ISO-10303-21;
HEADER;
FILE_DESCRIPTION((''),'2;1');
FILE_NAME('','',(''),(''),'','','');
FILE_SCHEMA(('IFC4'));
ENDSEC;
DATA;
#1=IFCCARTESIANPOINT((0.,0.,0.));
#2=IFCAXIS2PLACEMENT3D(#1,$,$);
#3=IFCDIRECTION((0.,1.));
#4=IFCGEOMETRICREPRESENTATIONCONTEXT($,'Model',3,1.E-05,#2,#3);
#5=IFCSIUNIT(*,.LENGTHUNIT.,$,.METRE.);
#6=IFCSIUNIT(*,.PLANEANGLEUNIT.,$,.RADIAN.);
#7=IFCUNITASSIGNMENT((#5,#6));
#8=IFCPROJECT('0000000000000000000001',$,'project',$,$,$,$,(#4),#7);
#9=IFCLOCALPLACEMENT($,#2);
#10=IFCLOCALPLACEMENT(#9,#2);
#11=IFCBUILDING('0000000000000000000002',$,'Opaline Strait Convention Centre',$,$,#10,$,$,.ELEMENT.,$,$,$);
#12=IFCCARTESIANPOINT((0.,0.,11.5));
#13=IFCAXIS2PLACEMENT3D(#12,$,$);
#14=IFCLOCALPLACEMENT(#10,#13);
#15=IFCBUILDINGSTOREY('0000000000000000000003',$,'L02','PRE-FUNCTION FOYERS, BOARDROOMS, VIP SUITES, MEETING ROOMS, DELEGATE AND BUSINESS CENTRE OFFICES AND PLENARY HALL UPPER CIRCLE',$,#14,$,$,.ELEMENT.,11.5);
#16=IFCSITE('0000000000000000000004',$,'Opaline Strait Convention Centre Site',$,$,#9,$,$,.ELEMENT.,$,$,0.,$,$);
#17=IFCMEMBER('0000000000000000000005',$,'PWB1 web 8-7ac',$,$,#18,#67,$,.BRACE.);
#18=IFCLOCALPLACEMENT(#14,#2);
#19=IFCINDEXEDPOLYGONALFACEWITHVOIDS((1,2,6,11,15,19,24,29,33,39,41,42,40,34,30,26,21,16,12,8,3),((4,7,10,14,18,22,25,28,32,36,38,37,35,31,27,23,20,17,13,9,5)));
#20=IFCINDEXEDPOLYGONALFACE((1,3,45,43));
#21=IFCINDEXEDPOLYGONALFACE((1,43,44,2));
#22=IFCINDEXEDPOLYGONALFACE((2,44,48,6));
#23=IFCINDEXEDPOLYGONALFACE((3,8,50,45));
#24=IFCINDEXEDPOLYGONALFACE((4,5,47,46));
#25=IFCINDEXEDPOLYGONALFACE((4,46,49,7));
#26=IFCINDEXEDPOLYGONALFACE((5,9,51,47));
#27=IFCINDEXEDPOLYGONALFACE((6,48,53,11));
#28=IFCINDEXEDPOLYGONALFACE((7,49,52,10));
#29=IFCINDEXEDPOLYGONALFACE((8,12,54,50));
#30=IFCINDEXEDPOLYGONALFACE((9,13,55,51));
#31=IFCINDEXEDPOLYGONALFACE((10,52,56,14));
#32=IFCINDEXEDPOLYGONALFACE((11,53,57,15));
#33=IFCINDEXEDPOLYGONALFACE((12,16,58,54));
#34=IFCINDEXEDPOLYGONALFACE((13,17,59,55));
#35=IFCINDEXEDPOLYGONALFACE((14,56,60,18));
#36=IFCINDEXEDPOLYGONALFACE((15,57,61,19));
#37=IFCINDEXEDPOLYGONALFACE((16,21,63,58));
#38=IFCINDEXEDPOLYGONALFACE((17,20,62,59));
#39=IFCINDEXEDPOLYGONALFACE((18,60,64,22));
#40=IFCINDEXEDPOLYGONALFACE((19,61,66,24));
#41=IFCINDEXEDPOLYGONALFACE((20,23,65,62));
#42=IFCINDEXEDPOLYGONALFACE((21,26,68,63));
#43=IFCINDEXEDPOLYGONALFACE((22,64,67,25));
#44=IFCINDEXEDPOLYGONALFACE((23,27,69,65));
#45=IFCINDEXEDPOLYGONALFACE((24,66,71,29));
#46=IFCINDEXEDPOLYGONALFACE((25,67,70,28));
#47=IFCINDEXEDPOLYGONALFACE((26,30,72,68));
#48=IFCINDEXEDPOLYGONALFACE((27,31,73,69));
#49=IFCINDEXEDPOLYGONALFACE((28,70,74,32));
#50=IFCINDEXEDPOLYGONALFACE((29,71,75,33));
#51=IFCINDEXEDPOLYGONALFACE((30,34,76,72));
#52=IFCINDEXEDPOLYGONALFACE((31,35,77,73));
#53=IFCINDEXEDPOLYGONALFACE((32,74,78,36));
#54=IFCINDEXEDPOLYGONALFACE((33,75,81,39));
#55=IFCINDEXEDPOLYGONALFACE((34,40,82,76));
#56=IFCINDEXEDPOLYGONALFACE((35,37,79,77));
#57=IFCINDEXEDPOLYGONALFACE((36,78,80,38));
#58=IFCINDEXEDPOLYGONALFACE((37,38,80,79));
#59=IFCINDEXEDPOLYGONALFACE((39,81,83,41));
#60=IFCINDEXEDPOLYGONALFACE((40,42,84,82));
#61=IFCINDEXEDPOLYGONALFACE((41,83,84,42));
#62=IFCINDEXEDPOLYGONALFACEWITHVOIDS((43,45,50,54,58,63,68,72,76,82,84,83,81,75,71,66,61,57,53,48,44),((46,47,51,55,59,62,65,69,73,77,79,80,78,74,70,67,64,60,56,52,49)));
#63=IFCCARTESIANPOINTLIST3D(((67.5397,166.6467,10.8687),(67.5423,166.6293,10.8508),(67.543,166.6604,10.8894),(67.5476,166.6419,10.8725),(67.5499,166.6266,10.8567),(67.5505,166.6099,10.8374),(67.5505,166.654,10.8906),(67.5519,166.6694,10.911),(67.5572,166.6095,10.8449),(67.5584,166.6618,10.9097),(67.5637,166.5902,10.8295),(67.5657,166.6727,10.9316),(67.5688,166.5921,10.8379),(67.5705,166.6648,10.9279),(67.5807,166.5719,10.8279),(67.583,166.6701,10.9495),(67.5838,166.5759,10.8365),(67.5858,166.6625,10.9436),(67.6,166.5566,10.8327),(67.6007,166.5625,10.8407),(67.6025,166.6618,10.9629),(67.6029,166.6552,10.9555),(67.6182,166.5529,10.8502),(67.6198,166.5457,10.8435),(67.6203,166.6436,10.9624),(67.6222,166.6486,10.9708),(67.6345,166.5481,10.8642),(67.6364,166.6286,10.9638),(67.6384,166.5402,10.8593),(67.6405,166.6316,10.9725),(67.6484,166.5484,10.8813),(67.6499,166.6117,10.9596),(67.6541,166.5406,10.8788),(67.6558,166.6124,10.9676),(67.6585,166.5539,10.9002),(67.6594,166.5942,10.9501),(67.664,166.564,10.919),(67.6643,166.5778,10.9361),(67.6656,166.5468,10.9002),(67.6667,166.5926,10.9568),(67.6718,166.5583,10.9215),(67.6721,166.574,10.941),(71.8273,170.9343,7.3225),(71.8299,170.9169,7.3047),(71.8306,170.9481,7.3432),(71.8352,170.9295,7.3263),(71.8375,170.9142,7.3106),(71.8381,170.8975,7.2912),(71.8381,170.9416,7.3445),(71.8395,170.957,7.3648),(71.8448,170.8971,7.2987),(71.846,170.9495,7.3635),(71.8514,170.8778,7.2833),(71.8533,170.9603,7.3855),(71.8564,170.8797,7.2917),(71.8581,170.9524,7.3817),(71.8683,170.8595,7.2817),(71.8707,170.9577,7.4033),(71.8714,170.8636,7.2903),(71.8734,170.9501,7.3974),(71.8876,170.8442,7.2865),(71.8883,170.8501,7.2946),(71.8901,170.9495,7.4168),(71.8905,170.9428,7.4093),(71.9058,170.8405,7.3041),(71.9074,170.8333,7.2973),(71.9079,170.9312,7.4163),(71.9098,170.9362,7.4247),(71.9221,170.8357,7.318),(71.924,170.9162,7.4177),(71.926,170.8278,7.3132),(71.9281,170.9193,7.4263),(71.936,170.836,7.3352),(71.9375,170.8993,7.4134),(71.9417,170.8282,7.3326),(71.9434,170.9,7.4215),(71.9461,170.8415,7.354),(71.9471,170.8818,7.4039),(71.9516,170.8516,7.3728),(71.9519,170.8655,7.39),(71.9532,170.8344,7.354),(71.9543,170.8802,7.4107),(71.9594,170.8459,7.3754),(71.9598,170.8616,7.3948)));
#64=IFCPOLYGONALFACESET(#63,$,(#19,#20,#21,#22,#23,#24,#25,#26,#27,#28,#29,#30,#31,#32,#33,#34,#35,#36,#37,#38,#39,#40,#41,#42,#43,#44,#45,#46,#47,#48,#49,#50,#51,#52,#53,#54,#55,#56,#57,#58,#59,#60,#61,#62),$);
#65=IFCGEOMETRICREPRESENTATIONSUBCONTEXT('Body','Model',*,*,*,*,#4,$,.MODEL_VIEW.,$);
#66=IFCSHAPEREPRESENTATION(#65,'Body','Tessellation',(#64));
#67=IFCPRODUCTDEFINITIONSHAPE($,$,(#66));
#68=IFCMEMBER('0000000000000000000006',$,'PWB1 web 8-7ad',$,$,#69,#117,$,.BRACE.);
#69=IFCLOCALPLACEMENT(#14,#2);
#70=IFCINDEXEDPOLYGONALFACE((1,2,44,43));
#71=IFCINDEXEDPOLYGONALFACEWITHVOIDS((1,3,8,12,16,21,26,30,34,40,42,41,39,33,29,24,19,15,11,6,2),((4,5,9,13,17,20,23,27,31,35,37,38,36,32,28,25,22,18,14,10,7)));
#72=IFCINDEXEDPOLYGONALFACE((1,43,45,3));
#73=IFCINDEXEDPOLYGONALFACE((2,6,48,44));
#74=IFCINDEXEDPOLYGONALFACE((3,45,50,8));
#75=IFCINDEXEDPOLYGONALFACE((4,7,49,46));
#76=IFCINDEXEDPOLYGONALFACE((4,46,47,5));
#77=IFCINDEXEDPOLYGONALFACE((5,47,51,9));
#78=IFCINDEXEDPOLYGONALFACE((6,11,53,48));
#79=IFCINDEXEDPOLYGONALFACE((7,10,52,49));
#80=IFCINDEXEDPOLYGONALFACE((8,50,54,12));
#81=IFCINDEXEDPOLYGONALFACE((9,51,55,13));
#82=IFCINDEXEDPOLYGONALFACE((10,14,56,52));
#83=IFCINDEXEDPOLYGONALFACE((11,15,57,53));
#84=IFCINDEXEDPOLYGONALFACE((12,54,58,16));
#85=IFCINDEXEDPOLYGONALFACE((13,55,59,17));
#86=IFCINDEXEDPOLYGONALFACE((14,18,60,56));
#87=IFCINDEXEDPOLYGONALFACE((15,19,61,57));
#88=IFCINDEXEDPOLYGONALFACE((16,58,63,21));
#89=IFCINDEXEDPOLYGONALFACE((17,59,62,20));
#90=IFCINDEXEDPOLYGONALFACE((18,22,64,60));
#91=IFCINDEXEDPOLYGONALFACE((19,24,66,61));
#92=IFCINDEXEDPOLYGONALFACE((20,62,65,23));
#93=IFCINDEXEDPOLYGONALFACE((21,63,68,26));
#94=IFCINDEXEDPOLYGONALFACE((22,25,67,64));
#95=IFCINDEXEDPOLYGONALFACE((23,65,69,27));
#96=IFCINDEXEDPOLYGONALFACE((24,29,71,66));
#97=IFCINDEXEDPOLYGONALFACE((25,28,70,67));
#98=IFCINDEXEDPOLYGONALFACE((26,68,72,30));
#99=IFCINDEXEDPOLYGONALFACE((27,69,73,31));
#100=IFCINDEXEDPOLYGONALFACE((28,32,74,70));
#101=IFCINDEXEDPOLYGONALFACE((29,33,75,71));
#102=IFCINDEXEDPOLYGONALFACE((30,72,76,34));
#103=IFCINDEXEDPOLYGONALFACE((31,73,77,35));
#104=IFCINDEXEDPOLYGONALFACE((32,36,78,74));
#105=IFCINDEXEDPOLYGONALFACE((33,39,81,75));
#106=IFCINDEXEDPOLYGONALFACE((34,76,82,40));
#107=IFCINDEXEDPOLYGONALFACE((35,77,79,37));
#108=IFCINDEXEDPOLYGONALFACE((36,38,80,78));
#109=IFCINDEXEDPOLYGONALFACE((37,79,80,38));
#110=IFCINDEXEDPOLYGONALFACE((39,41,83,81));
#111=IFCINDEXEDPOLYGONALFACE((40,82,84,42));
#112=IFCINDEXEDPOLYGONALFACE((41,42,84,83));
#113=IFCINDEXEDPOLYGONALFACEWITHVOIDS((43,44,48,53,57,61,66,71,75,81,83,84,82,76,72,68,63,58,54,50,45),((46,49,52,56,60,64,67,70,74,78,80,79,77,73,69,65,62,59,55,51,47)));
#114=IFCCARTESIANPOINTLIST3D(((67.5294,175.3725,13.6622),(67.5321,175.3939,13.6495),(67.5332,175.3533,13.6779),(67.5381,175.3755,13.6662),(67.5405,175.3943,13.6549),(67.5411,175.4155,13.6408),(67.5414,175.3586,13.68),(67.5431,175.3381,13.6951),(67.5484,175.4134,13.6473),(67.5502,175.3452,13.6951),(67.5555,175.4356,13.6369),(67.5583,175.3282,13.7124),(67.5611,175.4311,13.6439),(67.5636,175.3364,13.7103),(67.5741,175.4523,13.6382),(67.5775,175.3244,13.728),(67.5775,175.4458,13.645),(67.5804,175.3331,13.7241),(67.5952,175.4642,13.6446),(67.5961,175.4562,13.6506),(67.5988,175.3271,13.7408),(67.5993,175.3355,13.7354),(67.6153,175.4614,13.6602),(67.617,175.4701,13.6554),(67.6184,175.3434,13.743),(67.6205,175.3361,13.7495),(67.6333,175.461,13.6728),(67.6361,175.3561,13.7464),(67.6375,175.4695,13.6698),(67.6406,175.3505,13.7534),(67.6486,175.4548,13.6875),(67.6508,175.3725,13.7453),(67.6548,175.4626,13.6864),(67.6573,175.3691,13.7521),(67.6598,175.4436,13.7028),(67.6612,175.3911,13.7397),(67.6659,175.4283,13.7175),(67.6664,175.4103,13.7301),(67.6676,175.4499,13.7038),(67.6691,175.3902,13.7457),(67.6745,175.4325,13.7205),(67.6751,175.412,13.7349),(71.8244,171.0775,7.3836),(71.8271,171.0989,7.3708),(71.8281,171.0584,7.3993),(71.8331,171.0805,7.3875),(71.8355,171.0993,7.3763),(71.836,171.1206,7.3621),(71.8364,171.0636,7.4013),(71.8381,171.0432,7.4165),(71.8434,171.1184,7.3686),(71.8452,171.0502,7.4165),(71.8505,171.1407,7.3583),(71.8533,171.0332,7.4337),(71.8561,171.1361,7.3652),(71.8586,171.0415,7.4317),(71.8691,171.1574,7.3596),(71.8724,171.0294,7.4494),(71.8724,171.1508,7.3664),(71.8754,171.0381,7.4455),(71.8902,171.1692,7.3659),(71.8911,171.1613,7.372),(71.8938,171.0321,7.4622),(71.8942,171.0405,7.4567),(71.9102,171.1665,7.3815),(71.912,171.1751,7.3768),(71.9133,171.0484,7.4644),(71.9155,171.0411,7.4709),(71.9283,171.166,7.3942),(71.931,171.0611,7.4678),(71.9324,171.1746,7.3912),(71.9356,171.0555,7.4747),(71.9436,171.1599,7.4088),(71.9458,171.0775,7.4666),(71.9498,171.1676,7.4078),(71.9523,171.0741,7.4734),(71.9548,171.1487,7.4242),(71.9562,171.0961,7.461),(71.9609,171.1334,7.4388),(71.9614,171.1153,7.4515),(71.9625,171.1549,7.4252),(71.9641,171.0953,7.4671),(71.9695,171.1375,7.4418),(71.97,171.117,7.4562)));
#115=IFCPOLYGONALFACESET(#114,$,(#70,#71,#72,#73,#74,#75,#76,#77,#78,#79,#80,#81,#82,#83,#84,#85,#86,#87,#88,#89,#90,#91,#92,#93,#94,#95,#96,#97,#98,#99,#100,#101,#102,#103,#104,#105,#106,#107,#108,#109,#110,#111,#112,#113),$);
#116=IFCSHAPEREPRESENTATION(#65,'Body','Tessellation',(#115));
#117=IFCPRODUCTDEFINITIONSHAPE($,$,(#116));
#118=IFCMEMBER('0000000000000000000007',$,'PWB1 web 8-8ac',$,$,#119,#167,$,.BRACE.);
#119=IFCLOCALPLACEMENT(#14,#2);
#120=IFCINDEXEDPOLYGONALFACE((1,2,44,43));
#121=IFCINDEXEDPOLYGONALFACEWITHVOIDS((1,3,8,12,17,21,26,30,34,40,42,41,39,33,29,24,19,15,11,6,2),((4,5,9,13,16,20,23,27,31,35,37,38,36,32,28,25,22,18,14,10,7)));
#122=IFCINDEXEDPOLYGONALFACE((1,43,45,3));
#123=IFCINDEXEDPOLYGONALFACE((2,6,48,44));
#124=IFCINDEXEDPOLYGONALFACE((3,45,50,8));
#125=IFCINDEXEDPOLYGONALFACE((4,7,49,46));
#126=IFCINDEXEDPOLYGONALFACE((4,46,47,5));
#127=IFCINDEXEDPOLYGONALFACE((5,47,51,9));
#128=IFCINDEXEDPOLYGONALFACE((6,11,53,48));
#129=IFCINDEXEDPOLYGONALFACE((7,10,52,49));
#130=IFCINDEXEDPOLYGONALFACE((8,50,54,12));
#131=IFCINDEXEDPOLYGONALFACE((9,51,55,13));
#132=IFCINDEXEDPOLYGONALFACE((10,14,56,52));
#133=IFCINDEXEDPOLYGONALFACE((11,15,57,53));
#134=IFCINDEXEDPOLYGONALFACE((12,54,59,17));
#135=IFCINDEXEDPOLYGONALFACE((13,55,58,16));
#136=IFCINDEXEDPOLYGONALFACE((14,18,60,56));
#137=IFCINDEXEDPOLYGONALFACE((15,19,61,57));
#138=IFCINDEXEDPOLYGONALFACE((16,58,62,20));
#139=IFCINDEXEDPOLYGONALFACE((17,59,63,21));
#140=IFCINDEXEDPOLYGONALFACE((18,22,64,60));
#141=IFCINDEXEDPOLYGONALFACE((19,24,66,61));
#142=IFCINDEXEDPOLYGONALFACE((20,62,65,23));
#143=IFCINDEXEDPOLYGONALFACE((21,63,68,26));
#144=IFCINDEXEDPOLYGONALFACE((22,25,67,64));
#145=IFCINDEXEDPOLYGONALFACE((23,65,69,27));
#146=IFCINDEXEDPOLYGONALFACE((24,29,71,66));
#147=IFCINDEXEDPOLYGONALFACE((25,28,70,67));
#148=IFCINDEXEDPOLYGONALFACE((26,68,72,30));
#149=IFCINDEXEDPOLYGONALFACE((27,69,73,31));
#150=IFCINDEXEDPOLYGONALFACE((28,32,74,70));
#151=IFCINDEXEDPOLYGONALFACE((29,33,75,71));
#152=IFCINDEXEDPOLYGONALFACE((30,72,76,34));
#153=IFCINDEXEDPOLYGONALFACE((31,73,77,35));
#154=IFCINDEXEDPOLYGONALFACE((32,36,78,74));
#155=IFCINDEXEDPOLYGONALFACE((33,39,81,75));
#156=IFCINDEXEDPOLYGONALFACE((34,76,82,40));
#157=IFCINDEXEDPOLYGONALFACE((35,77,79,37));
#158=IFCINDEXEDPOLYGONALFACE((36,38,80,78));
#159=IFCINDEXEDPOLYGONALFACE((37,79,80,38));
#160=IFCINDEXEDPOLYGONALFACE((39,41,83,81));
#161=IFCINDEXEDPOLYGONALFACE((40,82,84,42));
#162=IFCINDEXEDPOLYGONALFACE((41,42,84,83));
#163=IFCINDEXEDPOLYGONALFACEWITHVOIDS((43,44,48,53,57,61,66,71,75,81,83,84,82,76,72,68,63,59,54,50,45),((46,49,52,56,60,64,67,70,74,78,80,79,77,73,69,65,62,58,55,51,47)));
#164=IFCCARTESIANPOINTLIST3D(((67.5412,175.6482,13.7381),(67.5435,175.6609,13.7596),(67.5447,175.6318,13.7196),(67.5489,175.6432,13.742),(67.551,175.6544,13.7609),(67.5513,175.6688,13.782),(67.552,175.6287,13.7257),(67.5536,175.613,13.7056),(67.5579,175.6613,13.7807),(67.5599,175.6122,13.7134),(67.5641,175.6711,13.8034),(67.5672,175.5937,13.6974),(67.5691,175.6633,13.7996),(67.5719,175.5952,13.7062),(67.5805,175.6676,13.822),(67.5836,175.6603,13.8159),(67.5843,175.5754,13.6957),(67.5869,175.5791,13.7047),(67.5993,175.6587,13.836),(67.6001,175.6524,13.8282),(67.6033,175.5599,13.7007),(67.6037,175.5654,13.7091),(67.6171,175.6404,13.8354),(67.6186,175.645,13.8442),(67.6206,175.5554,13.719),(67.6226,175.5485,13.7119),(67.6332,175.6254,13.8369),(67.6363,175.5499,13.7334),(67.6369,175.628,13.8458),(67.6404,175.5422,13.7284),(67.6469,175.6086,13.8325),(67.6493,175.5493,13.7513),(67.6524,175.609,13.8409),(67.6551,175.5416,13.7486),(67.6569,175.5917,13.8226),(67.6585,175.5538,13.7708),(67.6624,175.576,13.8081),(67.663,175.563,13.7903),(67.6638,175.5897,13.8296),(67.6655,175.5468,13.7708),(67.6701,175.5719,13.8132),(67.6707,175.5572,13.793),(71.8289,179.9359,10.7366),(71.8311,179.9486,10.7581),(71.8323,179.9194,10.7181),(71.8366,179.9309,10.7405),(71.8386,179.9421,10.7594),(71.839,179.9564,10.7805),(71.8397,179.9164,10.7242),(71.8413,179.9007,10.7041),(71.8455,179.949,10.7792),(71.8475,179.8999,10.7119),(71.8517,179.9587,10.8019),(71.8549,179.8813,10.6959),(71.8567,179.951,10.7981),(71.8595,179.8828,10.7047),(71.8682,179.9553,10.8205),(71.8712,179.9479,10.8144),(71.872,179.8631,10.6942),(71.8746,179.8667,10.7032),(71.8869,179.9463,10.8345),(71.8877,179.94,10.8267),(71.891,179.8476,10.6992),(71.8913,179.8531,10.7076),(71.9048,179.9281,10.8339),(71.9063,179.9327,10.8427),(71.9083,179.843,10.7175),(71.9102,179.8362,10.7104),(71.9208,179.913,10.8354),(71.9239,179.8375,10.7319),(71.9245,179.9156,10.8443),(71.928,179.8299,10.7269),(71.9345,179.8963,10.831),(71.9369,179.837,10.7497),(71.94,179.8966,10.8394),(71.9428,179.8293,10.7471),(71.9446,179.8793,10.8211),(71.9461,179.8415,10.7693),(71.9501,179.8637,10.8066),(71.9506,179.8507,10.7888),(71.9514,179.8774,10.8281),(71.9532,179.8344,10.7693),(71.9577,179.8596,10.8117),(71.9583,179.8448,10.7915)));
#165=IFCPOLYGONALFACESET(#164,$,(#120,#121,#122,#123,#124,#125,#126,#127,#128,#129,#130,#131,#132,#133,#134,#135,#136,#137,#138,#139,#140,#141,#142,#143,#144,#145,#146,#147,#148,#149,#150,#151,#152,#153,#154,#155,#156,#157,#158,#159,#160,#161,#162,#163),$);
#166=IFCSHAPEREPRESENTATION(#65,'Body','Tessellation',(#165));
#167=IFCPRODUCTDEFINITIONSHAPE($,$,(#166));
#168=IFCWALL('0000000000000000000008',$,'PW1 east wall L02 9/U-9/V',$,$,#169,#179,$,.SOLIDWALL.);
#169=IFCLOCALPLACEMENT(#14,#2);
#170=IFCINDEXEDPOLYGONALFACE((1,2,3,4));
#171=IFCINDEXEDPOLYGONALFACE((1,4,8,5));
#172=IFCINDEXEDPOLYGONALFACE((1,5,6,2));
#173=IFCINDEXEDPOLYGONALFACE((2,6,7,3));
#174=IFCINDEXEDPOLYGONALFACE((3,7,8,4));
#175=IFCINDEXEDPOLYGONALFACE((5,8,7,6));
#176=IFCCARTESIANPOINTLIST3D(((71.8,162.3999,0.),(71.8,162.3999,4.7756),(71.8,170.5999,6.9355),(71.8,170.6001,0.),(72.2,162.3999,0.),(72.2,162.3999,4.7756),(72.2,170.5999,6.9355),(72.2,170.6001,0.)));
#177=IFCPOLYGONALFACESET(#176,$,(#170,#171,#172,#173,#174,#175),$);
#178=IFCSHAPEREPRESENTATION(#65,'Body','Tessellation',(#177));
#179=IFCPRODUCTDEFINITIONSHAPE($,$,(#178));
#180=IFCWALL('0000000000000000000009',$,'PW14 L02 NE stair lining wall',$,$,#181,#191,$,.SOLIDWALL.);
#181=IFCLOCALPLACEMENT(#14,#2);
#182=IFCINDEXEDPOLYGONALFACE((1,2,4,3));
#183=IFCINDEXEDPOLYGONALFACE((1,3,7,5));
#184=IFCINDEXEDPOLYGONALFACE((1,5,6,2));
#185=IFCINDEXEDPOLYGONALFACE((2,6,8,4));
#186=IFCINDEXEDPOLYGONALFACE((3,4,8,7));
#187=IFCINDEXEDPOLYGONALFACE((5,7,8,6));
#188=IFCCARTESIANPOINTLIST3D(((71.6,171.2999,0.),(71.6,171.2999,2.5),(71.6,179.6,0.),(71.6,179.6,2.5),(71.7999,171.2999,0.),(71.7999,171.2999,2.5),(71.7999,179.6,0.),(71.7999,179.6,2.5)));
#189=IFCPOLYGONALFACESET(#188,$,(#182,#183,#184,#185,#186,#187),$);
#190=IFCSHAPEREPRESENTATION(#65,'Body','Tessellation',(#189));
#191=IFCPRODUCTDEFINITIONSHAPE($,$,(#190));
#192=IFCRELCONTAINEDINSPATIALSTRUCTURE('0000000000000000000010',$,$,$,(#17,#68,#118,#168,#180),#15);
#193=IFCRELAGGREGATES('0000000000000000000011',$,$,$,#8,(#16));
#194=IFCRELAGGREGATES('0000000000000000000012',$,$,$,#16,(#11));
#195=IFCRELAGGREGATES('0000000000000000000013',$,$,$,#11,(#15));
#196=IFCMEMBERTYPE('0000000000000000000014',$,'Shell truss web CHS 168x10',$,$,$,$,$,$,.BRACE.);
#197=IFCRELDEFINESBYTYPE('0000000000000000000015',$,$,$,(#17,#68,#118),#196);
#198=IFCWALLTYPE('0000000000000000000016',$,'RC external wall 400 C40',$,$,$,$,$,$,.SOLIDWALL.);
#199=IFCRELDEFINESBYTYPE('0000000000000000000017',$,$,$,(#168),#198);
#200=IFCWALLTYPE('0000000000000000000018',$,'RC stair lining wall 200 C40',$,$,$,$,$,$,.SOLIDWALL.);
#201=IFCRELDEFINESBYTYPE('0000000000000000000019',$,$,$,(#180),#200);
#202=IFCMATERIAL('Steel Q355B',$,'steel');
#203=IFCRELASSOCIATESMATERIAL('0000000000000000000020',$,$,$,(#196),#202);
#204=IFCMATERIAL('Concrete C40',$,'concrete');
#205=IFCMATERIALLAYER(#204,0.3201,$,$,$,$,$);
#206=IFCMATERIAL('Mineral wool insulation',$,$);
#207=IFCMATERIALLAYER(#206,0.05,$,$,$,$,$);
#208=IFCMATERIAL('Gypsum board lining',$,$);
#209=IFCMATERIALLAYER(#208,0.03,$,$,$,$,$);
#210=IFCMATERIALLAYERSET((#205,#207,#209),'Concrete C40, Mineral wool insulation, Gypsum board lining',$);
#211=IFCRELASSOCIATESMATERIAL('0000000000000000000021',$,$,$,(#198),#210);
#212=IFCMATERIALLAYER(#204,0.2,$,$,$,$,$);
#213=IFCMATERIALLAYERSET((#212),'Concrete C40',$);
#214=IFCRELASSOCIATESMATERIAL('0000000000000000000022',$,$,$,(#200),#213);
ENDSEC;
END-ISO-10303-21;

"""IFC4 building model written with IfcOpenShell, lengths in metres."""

from ifc_helpers import new_model, si_unit, direction, frame, frame_2d, origin, origin_2d, place, context, subcontext, project, spatial, polyline, rectangle, hollow_circle, outline, extrude, material, layer, layer_set, material_profile, profile_set, type_object, element, save


model = new_model("IFC4")

# Units and contexts
model_context = context("Model", 3, precision=1e-05, world=origin(), true_north=direction((0.0, 1.0)))
body_context = subcontext(model_context, "Body", "Model", "MODEL_VIEW")
ifc_project = project(units=[si_unit("LENGTHUNIT", "METRE"), si_unit("PLANEANGLEUNIT", "RADIAN")], contexts=[model_context])

# Site, building, storey
site_placement = place(None, origin())
site = spatial("IfcSite", under=ifc_project, at=site_placement, Name="Opaline Strait Convention Centre Site", CompositionType="ELEMENT", RefElevation=0.0)
building_placement = place(site_placement, origin())
building = spatial("IfcBuilding", under=site, at=building_placement, Name="Opaline Strait Convention Centre", CompositionType="ELEMENT")
storey_placement = place(building_placement, frame((0.0, 0.0, 11.5)))
storey = spatial("IfcBuildingStorey", under=building, at=storey_placement, Name="L02", Description="PRE-FUNCTION FOYERS, BOARDROOMS, VIP SUITES, MEETING ROOMS, DELEGATE AND BUSINESS CENTRE OFFICES AND PLENARY HALL UPPER CIRCLE", CompositionType="ELEMENT", Elevation=11.5)

# Shared definitions
ifc_material_1 = material(Name="Concrete C40", Category="concrete")

# Members
ifc_material_2 = material(Name="Steel Q355B", Category="steel")
ifc_material_profile_1 = material_profile(ifc_material_2, hollow_circle(Radius=0.084, WallThickness=0.01, at=origin_2d()), Name="CHS 168x10")
ifc_profile_set_1 = profile_set([ifc_material_profile_1], Name="Steel Q355B")
member_type_1 = type_object("IfcMemberType", Name="Shell truss web CHS 168x10", PredefinedType="BRACE", material=ifc_profile_set_1)
member_1_placement = place(storey_placement, frame((71.8938, 170.8938, 7.354), z_axis=(-0.610387, -0.610387, 0.504833), x_axis=(0.707107, -0.707107, 0.0)))
element("IfcMember", 1, at=member_1_placement, inside=storey, type_object=member_type_1, Name="PWB1 web 8-7ac", PredefinedType="BRACE", context=body_context, shape_type="SweptSolid", body=[
    extrude(hollow_circle(Radius=0.084, WallThickness=0.01, at=origin_2d()), origin(), (0.0, 0.0, 1.0), 7.0244),
])
member_2_placement = place(storey_placement, frame((71.8975, 171.1025, 7.4165), z_axis=(-0.49165, 0.49165, 0.718722), x_axis=(-0.707107, -0.707107, 0.0)))
element("IfcMember", 2, at=member_2_placement, inside=storey, type_object=member_type_1, Name="PWB1 web 8-7ad", PredefinedType="BRACE", context=body_context, shape_type="SweptSolid", body=[
    extrude(hollow_circle(Radius=0.084, WallThickness=0.01, at=origin_2d()), origin(), (0.0, 0.0, 1.0), 8.7358),
])
member_3_placement = place(storey_placement, frame((71.8938, 179.8938, 10.7693), z_axis=(-0.633718, -0.633718, 0.443624), x_axis=(0.707107, -0.707107, 0.0)))
element("IfcMember", 3, at=member_3_placement, inside=storey, type_object=member_type_1, Name="PWB1 web 8-8ac", PredefinedType="BRACE", context=body_context, shape_type="SweptSolid", body=[
    extrude(hollow_circle(Radius=0.084, WallThickness=0.01, at=origin_2d()), origin(), (0.0, 0.0, 1.0), 6.7659),
])

# Walls
ifc_layer_1 = layer(ifc_material_1, 0.3201)
ifc_material_3 = material(Name="Mineral wool insulation")
ifc_layer_2 = layer(ifc_material_3, 0.05)
ifc_material_4 = material(Name="Gypsum board lining")
ifc_layer_3 = layer(ifc_material_4, 0.03)
ifc_layer_set_1 = layer_set([ifc_layer_1, ifc_layer_2, ifc_layer_3], Name="Concrete C40, Mineral wool insulation, Gypsum board lining")
wall_type_1 = type_object("IfcWallType", Name="RC external wall 400 C40", PredefinedType="SOLIDWALL", material=ifc_layer_set_1)
wall_1_placement = place(storey_placement, frame((72.0, 162.3999, 0.0), z_axis=(0.0, 0.0, 1.0), x_axis=(0.0, 1.0, 0.0)))
element("IfcWall", 4, at=wall_1_placement, inside=storey, type_object=wall_type_1, Name="PW1 east wall L02 9/U-9/V", PredefinedType="SOLIDWALL", context=body_context, shape_type="SweptSolid", body=[
    extrude(outline(polyline([(0.0, 0.0), (8.2002, 0.0), (8.2, 6.9355), (0.0, 4.7756), (0.0, 0.0)])), frame((0.0, 0.2, 0.0), z_axis=(0.0, -1.0, 0.0), x_axis=(1.0, 0.0, 0.0)), (0.0, 0.0, 1.0), 0.3999),
])
ifc_layer_4 = layer(ifc_material_1, 0.2)
ifc_layer_set_2 = layer_set([ifc_layer_4], Name="Concrete C40")
wall_type_2 = type_object("IfcWallType", Name="RC stair lining wall 200 C40", PredefinedType="SOLIDWALL", material=ifc_layer_set_2)
wall_2_placement = place(storey_placement, frame((71.7, 171.3, 0.0), z_axis=(0.0, 0.0, 1.0), x_axis=(0.0, 1.0, 0.0)))
element("IfcWall", 5, at=wall_2_placement, inside=storey, type_object=wall_type_2, Name="PW14 L02 NE stair lining wall", PredefinedType="SOLIDWALL", context=body_context, shape_type="SweptSolid", body=[
    extrude(rectangle(XDim=8.3, YDim=0.2, at=frame_2d((4.1499, 0.0))), origin(), (0.0, 0.0, 1.0), 2.5),
])

save(model, "model.ifc")
